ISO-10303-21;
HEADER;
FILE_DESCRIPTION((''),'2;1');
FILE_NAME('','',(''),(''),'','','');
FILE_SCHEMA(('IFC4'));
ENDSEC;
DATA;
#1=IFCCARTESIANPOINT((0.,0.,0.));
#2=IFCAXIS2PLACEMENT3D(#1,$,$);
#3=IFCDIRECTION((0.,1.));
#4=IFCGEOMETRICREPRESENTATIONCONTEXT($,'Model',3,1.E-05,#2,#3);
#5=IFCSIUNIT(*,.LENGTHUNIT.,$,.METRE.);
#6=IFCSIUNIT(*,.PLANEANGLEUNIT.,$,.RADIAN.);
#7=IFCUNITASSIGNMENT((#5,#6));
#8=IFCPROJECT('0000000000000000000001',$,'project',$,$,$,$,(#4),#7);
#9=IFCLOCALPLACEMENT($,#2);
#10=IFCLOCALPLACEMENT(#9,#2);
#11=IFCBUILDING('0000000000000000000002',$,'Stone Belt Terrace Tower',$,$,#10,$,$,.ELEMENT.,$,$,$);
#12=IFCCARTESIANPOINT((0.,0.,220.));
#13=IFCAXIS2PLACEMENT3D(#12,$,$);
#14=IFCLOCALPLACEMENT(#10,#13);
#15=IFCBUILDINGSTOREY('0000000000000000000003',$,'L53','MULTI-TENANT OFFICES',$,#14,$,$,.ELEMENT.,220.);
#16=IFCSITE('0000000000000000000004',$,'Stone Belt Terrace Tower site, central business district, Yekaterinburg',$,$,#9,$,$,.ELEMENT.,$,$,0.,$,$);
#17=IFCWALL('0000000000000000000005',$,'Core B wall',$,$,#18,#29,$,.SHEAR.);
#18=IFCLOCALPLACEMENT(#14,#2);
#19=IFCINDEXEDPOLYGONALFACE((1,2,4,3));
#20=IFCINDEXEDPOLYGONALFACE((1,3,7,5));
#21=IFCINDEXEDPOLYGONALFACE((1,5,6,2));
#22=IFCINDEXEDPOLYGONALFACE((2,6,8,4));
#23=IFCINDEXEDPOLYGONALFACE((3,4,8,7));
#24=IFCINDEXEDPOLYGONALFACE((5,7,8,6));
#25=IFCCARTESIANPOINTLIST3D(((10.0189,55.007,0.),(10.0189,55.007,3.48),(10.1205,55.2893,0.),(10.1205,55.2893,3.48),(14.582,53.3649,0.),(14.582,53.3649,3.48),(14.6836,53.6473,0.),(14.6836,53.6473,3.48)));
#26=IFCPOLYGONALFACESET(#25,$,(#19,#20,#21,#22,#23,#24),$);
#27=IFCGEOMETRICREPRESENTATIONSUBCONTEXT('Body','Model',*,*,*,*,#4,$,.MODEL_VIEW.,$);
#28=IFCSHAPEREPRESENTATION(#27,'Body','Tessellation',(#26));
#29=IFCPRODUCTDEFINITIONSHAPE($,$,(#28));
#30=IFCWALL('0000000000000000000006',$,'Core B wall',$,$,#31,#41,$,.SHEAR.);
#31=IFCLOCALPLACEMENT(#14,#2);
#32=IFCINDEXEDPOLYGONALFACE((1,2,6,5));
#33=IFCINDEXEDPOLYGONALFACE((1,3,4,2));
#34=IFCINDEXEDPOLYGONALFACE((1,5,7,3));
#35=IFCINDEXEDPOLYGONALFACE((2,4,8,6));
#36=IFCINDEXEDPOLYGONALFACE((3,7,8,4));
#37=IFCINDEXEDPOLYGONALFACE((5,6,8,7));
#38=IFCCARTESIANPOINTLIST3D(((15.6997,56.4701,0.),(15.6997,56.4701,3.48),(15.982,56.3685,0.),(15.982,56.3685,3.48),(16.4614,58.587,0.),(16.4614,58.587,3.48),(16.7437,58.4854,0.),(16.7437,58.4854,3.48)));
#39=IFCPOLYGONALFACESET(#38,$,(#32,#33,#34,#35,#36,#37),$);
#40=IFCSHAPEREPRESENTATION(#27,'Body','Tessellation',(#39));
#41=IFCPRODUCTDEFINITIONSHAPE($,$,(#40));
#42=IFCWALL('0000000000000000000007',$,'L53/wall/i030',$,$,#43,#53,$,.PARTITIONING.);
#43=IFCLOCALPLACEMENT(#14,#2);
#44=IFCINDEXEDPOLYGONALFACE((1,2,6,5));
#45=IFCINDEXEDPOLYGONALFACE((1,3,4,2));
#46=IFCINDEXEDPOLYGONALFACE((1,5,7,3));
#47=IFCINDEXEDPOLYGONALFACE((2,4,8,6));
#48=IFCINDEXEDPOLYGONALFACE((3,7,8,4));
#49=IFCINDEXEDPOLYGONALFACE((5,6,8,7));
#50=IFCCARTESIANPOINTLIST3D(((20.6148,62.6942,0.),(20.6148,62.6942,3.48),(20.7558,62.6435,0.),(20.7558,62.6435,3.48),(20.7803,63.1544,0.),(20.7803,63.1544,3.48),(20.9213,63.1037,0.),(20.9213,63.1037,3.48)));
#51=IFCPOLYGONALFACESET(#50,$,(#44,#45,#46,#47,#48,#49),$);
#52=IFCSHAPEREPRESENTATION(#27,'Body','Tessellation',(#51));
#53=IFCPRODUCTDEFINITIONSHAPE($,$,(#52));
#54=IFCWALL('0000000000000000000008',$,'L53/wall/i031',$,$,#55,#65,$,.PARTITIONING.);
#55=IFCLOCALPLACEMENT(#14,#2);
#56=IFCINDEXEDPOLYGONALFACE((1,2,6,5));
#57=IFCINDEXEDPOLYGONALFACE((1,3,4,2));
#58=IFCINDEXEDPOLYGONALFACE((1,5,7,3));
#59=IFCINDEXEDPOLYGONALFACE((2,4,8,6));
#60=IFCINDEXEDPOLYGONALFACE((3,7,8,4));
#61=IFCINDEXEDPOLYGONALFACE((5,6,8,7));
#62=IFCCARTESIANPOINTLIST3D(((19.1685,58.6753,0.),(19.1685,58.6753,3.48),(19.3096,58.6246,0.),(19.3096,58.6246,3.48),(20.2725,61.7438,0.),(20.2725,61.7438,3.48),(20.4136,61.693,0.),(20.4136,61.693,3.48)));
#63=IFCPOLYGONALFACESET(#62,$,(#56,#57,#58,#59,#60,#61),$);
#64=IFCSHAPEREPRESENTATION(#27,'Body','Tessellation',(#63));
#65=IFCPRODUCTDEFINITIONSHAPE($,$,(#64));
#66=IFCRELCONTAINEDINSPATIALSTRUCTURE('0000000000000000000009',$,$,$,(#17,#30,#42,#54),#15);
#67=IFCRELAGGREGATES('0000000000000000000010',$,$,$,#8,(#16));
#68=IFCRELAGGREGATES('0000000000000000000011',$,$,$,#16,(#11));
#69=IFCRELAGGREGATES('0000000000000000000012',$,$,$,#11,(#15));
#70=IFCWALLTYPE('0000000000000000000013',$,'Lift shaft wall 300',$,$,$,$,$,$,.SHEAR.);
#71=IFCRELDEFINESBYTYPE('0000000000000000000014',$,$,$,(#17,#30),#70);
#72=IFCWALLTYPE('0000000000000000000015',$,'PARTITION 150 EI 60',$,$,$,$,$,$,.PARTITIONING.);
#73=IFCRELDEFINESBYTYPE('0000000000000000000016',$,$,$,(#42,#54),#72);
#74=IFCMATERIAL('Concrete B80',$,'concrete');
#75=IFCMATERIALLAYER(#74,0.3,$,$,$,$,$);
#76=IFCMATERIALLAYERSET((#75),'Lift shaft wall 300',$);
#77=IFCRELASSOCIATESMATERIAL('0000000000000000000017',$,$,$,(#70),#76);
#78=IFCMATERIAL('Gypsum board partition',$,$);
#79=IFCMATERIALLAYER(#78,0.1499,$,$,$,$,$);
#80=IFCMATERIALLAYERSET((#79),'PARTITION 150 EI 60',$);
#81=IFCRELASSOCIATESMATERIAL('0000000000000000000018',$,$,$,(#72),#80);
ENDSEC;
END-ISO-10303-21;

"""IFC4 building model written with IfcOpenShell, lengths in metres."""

from ifc_helpers import new_model, si_unit, direction, frame, frame_2d, origin, place, context, subcontext, project, spatial, rectangle, extrude, material, layer, layer_set, type_object, element, save


model = new_model("IFC4")

# Units and contexts
model_context = context("Model", 3, precision=1e-05, world=origin(), true_north=direction((0.0, 1.0)))
body_context = subcontext(model_context, "Body", "Model", "MODEL_VIEW")
ifc_project = project(units=[si_unit("LENGTHUNIT", "METRE"), si_unit("PLANEANGLEUNIT", "RADIAN")], contexts=[model_context])

# Site, building, storey
site_placement = place(None, origin())
site = spatial("IfcSite", under=ifc_project, at=site_placement, Name="Stone Belt Terrace Tower site, central business district, Yekaterinburg", CompositionType="ELEMENT", RefElevation=0.0)
building_placement = place(site_placement, origin())
building = spatial("IfcBuilding", under=site, at=building_placement, Name="Stone Belt Terrace Tower", CompositionType="ELEMENT")
storey_placement = place(building_placement, frame((0.0, 0.0, 220.0)))
storey = spatial("IfcBuildingStorey", under=building, at=storey_placement, Name="L53", Description="MULTI-TENANT OFFICES", CompositionType="ELEMENT", Elevation=220.0)

# Shared definitions
ifc_material_1 = material(Name="Concrete B80", Category="concrete")
ifc_layer_1 = layer(ifc_material_1, 0.3)
ifc_layer_set_1 = layer_set([ifc_layer_1], Name="Lift shaft wall 300")
wall_type_1 = type_object("IfcWallType", Name="Lift shaft wall 300", PredefinedType="SHEAR", material=ifc_layer_set_1)

# Walls
wall_1_placement = place(storey_placement, frame((14.6328, 53.5061, 0.0), z_axis=(0.0, 0.0, 1.0), x_axis=(-0.940932, 0.338596, 0.0)))
element("IfcWall", 1, at=wall_1_placement, inside=storey, type_object=wall_type_1, Name="Core B wall", PredefinedType="SHEAR", context=body_context, shape_type="SweptSolid", body=[
    extrude(rectangle(XDim=4.8496, YDim=0.3, at=frame_2d((2.4248, 0.0))), origin(), (0.0, 0.0, 1.0), 3.48),
])
wall_2_placement = place(storey_placement, frame((15.8408, 56.4192, 0.0), z_axis=(0.0, 0.0, 1.0), x_axis=(0.33857, 0.940941, 0.0)))
element("IfcWall", 2, at=wall_2_placement, inside=storey, type_object=wall_type_1, Name="Core B wall", PredefinedType="SHEAR", context=body_context, shape_type="SweptSolid", body=[
    extrude(rectangle(XDim=2.2498, YDim=0.3, at=frame_2d((1.125, 0.0))), origin(), (0.0, 0.0, 1.0), 3.48),
])
ifc_material_2 = material(Name="Gypsum board partition")
ifc_layer_2 = layer(ifc_material_2, 0.1499)
ifc_layer_set_2 = layer_set([ifc_layer_2], Name="PARTITION 150 EI 60")
wall_type_2 = type_object("IfcWallType", Name="PARTITION 150 EI 60", PredefinedType="PARTITIONING", material=ifc_layer_set_2)
wall_3_placement = place(storey_placement, frame((20.8508, 63.1292, 0.0), z_axis=(0.0, 0.0, 1.0), x_axis=(-0.338454, -0.940983, 0.0)))
element("IfcWall", 3, at=wall_3_placement, inside=storey, type_object=wall_type_2, Name="L53/wall/i030", PredefinedType="PARTITIONING", context=body_context, shape_type="SweptSolid", body=[
    extrude(rectangle(XDim=0.489, YDim=0.1499, at=frame_2d((0.2446, 0.0))), origin(), (0.0, 0.0, 1.0), 3.48),
])
wall_4_placement = place(storey_placement, frame((20.343, 61.7183, 0.0), z_axis=(0.0, 0.0, 1.0), x_axis=(-0.338555, -0.940947, 0.0)))
element("IfcWall", 4, at=wall_4_placement, inside=storey, type_object=wall_type_2, Name="L53/wall/i031", PredefinedType="PARTITIONING", context=body_context, shape_type="SweptSolid", body=[
    extrude(rectangle(XDim=3.261, YDim=0.1499, at=frame_2d((1.6304, 0.0))), origin(), (0.0, 0.0, 1.0), 3.48),
])

save(model, "model.ifc")
